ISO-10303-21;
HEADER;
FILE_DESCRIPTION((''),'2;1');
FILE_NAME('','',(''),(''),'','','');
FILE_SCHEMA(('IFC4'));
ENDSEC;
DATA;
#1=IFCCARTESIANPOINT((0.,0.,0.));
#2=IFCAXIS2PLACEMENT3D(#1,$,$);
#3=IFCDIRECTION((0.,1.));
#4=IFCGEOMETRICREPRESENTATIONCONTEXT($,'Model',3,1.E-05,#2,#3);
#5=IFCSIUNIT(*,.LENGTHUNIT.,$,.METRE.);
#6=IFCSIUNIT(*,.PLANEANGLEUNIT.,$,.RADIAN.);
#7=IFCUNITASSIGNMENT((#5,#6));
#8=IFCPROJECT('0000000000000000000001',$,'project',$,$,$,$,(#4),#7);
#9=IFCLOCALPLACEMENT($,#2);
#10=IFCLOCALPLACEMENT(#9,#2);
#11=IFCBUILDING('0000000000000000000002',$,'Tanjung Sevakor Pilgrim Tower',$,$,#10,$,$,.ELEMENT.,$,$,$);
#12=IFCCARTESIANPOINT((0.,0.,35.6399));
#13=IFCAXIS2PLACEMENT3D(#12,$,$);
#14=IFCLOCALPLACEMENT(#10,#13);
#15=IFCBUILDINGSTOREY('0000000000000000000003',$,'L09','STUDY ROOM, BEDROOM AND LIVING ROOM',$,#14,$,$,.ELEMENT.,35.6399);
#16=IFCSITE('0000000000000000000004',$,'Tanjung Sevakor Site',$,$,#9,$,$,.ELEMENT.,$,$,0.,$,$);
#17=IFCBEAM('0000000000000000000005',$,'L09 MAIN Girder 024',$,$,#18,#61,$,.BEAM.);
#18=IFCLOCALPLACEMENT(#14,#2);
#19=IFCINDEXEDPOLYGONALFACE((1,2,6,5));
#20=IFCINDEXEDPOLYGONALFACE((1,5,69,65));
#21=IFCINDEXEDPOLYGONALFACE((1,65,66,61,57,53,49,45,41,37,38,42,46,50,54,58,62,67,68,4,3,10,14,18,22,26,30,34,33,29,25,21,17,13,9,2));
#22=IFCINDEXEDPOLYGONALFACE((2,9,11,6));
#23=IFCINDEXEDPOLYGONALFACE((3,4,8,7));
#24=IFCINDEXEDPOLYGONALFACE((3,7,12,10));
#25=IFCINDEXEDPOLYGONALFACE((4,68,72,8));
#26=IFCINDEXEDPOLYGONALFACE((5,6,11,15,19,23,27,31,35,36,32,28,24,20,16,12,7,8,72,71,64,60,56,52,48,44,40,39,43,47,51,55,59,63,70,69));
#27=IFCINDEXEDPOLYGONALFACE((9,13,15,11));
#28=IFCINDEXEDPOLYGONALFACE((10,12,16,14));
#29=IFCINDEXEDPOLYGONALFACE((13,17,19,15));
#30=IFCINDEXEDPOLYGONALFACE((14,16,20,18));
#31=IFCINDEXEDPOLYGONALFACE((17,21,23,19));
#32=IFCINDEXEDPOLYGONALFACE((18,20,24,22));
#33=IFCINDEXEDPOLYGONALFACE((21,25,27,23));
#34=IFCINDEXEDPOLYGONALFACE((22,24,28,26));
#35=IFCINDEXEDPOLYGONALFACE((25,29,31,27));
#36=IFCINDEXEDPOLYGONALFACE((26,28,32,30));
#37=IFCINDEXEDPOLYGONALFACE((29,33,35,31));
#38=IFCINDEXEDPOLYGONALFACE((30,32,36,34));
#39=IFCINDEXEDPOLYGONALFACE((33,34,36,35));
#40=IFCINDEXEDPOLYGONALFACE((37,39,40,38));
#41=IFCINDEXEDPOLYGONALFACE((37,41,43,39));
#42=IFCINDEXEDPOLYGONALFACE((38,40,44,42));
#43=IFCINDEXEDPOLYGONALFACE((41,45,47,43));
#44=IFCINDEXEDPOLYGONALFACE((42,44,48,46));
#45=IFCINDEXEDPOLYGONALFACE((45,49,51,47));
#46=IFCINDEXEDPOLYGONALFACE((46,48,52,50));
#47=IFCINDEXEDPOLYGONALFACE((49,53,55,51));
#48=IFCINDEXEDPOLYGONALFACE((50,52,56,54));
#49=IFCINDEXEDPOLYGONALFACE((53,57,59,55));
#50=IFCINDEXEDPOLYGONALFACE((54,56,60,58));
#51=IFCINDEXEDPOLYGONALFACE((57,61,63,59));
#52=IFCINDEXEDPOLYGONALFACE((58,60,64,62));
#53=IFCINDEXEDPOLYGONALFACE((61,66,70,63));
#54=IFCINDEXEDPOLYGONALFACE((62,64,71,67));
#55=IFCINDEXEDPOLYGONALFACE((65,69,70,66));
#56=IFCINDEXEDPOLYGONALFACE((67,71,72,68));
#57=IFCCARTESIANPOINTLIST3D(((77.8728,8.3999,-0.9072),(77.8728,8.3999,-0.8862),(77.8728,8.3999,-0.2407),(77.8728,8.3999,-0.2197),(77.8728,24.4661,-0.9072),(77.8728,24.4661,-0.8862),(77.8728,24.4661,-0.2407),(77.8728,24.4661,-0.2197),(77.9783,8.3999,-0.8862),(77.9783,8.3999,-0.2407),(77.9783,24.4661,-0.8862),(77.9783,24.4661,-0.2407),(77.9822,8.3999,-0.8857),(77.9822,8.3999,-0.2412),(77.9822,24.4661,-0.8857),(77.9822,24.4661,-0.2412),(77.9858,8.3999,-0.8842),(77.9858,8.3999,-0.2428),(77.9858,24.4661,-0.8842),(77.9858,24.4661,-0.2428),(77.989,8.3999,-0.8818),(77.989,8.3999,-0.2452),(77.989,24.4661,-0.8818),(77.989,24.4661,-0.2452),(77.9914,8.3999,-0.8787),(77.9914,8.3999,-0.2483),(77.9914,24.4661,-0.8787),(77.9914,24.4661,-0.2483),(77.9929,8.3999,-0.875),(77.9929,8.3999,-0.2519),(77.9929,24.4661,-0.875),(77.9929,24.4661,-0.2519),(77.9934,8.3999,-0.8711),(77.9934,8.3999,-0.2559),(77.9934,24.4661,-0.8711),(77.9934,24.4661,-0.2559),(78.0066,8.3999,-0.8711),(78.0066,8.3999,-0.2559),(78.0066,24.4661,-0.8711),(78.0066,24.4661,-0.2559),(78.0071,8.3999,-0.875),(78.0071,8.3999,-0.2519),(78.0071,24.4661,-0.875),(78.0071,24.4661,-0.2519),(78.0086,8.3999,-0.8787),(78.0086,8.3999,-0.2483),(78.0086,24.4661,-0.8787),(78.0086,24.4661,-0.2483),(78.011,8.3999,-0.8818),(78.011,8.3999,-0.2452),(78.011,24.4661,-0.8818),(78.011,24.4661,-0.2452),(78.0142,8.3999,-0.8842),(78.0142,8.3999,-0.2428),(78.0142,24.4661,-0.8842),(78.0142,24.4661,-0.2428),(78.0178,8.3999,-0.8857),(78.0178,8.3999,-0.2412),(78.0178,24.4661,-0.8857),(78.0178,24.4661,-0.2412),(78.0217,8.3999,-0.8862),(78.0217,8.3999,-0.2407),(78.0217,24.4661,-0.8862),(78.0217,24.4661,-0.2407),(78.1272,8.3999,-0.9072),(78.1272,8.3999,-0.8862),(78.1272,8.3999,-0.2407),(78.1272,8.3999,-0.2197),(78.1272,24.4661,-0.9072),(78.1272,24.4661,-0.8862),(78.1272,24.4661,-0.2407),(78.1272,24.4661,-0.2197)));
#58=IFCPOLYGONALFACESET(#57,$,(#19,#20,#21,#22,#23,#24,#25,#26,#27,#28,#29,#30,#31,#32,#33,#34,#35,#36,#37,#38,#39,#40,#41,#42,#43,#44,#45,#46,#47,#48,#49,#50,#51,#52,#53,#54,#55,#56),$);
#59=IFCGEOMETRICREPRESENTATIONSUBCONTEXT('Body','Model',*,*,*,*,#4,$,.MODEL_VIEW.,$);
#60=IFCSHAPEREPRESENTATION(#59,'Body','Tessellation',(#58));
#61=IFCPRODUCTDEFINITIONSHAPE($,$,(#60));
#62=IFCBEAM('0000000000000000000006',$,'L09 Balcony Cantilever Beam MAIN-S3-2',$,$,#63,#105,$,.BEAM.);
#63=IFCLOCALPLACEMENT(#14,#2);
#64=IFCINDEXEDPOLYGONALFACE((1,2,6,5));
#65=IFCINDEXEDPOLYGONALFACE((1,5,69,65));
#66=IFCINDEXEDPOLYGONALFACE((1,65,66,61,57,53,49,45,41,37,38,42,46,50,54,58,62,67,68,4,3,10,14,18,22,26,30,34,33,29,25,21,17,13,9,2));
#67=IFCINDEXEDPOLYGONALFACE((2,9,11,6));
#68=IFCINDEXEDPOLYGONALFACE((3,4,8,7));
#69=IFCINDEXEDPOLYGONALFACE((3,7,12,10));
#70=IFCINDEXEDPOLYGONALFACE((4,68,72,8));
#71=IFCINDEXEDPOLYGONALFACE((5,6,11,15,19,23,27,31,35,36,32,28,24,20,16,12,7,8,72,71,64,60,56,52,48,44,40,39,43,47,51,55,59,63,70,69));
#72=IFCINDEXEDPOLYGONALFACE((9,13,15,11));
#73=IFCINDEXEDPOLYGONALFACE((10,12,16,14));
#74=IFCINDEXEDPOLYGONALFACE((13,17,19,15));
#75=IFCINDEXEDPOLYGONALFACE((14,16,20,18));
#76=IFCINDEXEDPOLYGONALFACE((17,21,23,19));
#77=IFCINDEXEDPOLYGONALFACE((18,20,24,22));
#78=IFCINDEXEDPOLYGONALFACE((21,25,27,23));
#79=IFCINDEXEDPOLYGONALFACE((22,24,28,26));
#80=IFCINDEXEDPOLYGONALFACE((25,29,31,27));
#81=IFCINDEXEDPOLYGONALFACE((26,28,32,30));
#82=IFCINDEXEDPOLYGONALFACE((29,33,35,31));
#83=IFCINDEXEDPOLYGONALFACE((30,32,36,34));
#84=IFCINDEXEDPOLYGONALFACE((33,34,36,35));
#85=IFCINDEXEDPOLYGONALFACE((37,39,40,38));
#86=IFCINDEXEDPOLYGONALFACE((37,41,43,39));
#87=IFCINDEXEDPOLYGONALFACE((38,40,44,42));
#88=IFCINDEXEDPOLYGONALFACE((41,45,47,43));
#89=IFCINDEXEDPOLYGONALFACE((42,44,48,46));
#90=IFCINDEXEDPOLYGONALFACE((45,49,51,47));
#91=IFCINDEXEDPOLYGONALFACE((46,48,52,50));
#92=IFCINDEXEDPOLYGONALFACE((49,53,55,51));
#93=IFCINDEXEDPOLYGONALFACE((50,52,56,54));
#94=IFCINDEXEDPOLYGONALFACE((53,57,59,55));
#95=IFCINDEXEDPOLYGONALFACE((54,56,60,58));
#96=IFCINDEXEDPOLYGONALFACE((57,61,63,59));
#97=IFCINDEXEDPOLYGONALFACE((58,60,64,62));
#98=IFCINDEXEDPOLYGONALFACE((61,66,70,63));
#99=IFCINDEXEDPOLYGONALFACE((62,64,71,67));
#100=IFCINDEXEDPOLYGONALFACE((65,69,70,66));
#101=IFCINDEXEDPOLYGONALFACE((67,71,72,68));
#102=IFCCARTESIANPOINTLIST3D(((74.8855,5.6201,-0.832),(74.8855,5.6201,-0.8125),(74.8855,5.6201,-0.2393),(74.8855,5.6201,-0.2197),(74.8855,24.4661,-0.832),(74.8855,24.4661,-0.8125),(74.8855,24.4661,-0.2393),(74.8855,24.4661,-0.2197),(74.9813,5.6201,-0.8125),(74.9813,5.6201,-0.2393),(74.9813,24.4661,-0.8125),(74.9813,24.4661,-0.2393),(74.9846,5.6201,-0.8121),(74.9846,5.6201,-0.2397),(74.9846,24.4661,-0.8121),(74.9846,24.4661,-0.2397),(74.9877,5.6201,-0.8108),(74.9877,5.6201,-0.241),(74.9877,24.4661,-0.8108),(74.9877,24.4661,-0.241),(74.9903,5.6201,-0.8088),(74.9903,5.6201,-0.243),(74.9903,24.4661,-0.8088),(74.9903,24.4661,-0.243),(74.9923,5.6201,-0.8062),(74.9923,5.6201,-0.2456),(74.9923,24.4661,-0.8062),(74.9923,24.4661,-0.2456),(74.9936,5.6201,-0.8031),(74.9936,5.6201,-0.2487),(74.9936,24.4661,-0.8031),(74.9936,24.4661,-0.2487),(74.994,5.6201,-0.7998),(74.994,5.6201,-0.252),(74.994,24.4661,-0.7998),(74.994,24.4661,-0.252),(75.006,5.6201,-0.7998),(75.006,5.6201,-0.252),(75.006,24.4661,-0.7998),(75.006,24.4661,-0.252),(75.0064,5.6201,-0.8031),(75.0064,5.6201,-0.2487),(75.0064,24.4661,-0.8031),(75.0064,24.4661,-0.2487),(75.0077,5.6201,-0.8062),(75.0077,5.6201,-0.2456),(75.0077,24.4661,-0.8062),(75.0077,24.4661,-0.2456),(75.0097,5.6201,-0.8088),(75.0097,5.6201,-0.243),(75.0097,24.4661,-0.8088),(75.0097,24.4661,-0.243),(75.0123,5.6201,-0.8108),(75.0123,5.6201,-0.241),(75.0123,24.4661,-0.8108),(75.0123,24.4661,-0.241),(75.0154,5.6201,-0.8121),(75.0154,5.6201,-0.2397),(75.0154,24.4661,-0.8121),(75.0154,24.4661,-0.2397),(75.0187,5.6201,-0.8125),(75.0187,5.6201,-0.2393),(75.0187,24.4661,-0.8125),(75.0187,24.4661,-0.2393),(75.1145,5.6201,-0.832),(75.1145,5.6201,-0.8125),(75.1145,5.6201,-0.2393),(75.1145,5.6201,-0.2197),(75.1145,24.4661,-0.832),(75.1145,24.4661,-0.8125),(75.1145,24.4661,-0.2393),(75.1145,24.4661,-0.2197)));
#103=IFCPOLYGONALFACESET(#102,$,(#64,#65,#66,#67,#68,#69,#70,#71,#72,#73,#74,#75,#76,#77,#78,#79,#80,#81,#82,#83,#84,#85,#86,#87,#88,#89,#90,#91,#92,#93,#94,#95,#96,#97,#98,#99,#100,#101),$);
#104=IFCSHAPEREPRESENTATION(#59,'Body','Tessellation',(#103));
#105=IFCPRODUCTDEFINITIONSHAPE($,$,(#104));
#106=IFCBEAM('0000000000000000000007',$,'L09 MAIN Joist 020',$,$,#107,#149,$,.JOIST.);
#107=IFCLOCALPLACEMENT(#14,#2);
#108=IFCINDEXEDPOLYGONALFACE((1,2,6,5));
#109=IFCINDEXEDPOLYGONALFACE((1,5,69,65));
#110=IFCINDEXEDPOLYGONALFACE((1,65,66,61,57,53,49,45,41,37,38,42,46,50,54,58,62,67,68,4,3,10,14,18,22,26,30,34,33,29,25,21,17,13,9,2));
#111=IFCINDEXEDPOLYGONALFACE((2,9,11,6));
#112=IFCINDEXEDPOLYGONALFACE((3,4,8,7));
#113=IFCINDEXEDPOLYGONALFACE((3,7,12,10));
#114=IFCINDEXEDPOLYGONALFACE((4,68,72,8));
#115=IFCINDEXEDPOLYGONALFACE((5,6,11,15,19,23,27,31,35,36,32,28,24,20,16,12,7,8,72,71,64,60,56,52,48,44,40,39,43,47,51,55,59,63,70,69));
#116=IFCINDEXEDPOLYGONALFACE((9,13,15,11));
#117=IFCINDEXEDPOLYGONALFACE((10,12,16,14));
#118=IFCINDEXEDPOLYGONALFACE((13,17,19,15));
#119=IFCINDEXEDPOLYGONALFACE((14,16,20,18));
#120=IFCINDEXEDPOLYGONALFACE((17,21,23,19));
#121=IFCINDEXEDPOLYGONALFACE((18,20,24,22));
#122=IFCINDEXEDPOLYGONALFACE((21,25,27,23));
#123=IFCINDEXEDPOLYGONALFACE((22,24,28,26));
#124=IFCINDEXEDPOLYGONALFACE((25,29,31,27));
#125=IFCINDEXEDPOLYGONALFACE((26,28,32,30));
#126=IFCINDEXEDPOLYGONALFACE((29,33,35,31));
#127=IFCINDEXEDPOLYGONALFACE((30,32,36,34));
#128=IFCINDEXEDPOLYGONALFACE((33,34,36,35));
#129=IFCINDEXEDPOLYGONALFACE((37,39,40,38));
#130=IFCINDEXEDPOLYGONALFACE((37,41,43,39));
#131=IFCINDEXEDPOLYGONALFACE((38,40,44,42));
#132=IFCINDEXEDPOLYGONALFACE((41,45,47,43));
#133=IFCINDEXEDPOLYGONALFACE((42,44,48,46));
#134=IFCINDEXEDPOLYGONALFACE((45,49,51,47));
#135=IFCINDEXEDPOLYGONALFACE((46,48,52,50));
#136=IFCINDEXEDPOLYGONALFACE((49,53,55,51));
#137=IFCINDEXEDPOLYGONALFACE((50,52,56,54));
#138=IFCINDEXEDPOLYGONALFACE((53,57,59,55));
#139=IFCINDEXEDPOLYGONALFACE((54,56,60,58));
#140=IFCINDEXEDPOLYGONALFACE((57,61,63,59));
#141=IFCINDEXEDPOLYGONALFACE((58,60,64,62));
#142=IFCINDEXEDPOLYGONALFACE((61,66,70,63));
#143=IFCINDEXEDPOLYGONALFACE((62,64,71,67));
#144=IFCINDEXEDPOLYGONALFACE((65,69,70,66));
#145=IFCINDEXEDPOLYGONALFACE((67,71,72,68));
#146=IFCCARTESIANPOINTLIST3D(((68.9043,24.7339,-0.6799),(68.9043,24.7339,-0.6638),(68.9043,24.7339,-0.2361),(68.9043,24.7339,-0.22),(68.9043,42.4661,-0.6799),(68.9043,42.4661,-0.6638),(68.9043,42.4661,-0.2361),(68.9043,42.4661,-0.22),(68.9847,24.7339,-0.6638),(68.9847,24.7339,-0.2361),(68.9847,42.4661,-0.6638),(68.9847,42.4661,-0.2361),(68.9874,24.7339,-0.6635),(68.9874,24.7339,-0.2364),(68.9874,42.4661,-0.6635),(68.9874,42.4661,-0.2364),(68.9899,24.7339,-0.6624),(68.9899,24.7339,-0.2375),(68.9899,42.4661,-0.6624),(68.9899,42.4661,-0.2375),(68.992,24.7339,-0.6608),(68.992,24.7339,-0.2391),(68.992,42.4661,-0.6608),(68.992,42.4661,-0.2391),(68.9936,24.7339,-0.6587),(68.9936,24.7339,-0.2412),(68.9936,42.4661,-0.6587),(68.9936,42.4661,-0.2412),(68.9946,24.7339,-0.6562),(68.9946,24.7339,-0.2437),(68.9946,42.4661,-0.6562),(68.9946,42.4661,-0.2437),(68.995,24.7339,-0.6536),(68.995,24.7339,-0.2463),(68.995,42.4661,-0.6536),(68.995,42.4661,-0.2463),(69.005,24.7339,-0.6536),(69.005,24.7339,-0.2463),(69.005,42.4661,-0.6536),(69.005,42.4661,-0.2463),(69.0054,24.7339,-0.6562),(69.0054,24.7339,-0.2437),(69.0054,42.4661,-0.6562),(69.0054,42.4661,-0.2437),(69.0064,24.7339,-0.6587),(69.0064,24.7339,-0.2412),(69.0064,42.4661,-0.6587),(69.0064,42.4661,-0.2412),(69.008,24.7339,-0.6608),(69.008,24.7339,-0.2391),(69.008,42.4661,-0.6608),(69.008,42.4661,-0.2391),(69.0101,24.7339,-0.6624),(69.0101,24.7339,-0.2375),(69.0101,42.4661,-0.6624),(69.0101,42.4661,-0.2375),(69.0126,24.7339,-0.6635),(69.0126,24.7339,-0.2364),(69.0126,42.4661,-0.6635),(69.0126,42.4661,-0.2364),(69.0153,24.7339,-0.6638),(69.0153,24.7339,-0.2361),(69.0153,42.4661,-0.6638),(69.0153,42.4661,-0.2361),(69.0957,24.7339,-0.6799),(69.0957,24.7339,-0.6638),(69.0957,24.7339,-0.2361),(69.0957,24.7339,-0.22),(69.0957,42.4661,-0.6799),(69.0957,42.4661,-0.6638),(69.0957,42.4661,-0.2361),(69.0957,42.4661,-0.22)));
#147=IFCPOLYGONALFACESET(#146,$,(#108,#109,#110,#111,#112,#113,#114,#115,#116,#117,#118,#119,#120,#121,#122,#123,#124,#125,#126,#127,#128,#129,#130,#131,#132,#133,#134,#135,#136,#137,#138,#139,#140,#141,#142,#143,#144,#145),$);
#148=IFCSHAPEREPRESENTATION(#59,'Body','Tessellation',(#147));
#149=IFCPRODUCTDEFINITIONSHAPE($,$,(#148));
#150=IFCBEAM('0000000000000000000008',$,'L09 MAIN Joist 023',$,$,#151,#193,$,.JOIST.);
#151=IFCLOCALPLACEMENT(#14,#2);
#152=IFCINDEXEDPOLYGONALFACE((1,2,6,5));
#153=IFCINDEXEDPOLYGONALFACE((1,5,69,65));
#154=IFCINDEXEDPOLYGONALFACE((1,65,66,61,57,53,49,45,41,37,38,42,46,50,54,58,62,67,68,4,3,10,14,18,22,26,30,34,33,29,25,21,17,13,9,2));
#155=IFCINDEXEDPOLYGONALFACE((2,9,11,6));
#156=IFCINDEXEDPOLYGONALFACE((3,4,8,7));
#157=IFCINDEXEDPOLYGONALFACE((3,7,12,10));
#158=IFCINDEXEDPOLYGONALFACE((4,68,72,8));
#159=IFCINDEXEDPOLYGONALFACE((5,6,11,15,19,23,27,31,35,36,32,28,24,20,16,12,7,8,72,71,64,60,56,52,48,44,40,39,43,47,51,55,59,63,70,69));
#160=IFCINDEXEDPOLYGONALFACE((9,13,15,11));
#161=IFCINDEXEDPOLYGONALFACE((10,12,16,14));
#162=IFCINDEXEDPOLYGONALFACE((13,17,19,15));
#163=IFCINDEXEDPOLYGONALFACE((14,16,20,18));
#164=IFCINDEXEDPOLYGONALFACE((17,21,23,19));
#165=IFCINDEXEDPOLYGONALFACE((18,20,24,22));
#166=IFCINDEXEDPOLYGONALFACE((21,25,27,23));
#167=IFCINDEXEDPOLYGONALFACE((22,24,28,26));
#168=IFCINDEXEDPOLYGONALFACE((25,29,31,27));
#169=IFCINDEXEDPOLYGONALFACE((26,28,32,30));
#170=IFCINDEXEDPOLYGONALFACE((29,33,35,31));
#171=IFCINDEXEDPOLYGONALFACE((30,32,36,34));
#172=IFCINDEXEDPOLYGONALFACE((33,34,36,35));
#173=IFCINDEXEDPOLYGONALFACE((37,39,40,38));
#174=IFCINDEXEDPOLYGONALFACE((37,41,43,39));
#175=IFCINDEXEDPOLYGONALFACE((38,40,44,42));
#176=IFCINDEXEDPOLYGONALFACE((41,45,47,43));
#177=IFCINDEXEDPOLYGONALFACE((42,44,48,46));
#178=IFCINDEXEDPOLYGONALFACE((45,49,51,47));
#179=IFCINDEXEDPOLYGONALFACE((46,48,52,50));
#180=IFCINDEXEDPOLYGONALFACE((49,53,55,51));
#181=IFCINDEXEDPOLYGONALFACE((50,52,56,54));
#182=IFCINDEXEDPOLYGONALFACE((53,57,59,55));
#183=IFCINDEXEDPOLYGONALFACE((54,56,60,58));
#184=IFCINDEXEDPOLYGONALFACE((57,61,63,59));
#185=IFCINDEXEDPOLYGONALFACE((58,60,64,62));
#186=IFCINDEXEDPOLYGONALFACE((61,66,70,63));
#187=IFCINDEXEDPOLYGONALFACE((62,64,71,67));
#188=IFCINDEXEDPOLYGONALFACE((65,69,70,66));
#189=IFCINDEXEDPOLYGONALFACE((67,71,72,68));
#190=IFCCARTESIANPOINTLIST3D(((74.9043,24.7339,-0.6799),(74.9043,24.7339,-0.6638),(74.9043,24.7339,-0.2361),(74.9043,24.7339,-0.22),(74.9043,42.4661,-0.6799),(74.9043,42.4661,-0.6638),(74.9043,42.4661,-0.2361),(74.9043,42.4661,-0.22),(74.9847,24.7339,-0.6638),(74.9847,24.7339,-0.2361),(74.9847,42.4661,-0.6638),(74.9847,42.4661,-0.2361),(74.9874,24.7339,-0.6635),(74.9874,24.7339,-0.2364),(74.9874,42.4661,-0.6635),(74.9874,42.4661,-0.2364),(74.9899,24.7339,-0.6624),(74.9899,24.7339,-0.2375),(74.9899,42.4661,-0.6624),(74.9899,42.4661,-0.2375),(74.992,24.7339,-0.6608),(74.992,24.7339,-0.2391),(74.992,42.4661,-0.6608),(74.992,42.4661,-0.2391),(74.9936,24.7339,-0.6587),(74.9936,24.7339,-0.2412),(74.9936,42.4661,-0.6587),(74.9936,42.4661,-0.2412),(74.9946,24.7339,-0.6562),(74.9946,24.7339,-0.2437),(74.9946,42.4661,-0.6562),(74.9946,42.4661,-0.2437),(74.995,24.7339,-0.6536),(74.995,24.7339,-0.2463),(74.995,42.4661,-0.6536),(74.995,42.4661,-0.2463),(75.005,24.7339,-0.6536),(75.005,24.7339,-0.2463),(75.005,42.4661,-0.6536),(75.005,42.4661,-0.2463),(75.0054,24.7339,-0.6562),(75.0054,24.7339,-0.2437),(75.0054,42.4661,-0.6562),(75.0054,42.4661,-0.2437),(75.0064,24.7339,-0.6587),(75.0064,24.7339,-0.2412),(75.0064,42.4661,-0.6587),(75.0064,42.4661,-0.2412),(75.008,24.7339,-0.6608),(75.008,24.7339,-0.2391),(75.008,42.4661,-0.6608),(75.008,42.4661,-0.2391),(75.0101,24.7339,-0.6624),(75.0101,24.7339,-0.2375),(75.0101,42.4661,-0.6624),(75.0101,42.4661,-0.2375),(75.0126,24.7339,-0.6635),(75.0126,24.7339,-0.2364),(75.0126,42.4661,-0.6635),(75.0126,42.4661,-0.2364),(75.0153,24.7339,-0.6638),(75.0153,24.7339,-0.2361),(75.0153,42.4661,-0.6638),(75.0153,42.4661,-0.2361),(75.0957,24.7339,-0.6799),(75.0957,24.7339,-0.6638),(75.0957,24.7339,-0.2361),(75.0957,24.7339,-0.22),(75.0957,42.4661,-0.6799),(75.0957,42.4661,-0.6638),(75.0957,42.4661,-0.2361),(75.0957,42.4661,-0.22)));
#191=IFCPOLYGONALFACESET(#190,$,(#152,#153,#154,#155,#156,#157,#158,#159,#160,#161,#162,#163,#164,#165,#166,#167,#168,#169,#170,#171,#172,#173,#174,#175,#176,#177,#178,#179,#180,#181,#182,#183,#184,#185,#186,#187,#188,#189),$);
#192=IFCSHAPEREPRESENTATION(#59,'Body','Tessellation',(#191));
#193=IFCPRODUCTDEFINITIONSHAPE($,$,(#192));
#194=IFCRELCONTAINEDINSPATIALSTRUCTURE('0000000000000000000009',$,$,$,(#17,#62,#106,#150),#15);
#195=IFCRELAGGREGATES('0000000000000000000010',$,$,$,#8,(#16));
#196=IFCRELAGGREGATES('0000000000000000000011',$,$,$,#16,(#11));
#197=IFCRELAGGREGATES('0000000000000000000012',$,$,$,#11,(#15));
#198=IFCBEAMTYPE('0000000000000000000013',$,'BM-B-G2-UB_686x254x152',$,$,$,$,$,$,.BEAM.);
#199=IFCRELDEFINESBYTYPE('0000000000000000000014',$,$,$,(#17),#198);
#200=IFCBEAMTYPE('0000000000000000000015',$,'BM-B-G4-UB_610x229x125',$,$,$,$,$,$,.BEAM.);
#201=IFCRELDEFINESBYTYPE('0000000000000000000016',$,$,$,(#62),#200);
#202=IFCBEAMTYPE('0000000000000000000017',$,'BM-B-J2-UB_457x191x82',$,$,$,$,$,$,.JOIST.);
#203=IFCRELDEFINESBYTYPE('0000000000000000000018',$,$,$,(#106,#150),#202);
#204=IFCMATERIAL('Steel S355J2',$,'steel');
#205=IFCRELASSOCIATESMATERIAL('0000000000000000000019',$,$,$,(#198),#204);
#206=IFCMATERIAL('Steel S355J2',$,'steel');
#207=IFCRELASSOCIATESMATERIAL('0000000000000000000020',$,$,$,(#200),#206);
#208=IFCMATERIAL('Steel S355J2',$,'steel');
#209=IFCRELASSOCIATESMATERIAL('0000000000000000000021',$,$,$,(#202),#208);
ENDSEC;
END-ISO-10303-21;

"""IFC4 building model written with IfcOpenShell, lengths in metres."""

from ifc_helpers import new_model, si_unit, direction, frame, origin, origin_2d, place, context, subcontext, project, spatial, i_section, extrude, material, material_profile, profile_set, type_object, element, save


model = new_model("IFC4")

# Units and contexts
model_context = context("Model", 3, precision=1e-05, world=origin(), true_north=direction((0.0, 1.0)))
body_context = subcontext(model_context, "Body", "Model", "MODEL_VIEW")
ifc_project = project(units=[si_unit("LENGTHUNIT", "METRE"), si_unit("PLANEANGLEUNIT", "RADIAN")], contexts=[model_context])

# Site, building, storey
site_placement = place(None, origin())
site = spatial("IfcSite", under=ifc_project, at=site_placement, Name="Tanjung Sevakor Site", CompositionType="ELEMENT", RefElevation=0.0)
building_placement = place(site_placement, origin())
building = spatial("IfcBuilding", under=site, at=building_placement, Name="Tanjung Sevakor Pilgrim Tower", CompositionType="ELEMENT")
storey_placement = place(building_placement, frame((0.0, 0.0, 35.6399)))
storey = spatial("IfcBuildingStorey", under=building, at=storey_placement, Name="L09", Description="STUDY ROOM, BEDROOM AND LIVING ROOM", CompositionType="ELEMENT", Elevation=35.6399)

# Beams
ifc_material_1 = material(Name="Steel S355J2", Category="steel")
ifc_material_profile_1 = material_profile(ifc_material_1, i_section(OverallWidth=0.2544, OverallDepth=0.6875, WebThickness=0.0132, FlangeThickness=0.021, FilletRadius=0.0151, at=origin_2d()))
ifc_profile_set_1 = profile_set([ifc_material_profile_1], Name="Steel S355J2")
beam_type_1 = type_object("IfcBeamType", Name="BM-B-G2-UB_686x254x152", PredefinedType="BEAM", material=ifc_profile_set_1)
beam_1_placement = place(storey_placement, frame((78.0, 8.3999, -0.5635), z_axis=(0.0, 1.0, 0.0), x_axis=(-1.0, 0.0, 0.0)))
element("IfcBeam", 1, at=beam_1_placement, inside=storey, type_object=beam_type_1, Name="L09 MAIN Girder 024", PredefinedType="BEAM", context=body_context, shape_type="SweptSolid", body=[
    extrude(i_section(OverallWidth=0.2544, OverallDepth=0.6875, WebThickness=0.0132, FlangeThickness=0.021, FilletRadius=0.0151, at=origin_2d()), origin(), (0.0, 0.0, 1.0), 16.0662),
])
ifc_material_2 = material(Name="Steel S355J2", Category="steel")
ifc_material_profile_2 = material_profile(ifc_material_2, i_section(OverallWidth=0.229, OverallDepth=0.6123, WebThickness=0.012, FlangeThickness=0.0195, FilletRadius=0.0127, at=origin_2d()))
ifc_profile_set_2 = profile_set([ifc_material_profile_2], Name="Steel S355J2")
beam_type_2 = type_object("IfcBeamType", Name="BM-B-G4-UB_610x229x125", PredefinedType="BEAM", material=ifc_profile_set_2)
beam_2_placement = place(storey_placement, frame((75.0, 24.4661, -0.5259), z_axis=(0.0, -1.0, 0.0), x_axis=(1.0, 0.0, 0.0)))
element("IfcBeam", 2, at=beam_2_placement, inside=storey, type_object=beam_type_2, Name="L09 Balcony Cantilever Beam MAIN-S3-2", PredefinedType="BEAM", context=body_context, shape_type="SweptSolid", body=[
    extrude(i_section(OverallWidth=0.229, OverallDepth=0.6123, WebThickness=0.012, FlangeThickness=0.0195, FilletRadius=0.0127, at=origin_2d()), origin(), (0.0, 0.0, 1.0), 18.8459),
])
ifc_material_3 = material(Name="Steel S355J2", Category="steel")
ifc_material_profile_3 = material_profile(ifc_material_3, i_section(OverallWidth=0.1914, OverallDepth=0.46, WebThickness=0.01, FlangeThickness=0.0161, FilletRadius=0.0103, at=origin_2d()))
ifc_profile_set_3 = profile_set([ifc_material_profile_3], Name="Steel S355J2")
beam_type_3 = type_object("IfcBeamType", Name="BM-B-J2-UB_457x191x82", PredefinedType="JOIST", material=ifc_profile_set_3)
for number, where, z_axis, x_axis, name in (
    (3, (69.0, 24.7339, -0.45), (0.0, 1.0, 0.0), (-1.0, 0.0, 0.0), "L09 MAIN Joist 020"),
    (4, (75.0, 24.7339, -0.45), (0.0, 1.0, 0.0), (-1.0, 0.0, 0.0), "L09 MAIN Joist 023"),
):
    element("IfcBeam", number, at=place(storey_placement, frame(where, z_axis=z_axis, x_axis=x_axis)), inside=storey, type_object=beam_type_3, Name=name, PredefinedType="JOIST", context=body_context, shape_type="SweptSolid", body=[
        extrude(i_section(OverallWidth=0.1914, OverallDepth=0.46, WebThickness=0.01, FlangeThickness=0.0161, FilletRadius=0.0103, at=origin_2d()), origin(), (0.0, 0.0, 1.0), 17.7322),
    ])

save(model, "model.ifc")
